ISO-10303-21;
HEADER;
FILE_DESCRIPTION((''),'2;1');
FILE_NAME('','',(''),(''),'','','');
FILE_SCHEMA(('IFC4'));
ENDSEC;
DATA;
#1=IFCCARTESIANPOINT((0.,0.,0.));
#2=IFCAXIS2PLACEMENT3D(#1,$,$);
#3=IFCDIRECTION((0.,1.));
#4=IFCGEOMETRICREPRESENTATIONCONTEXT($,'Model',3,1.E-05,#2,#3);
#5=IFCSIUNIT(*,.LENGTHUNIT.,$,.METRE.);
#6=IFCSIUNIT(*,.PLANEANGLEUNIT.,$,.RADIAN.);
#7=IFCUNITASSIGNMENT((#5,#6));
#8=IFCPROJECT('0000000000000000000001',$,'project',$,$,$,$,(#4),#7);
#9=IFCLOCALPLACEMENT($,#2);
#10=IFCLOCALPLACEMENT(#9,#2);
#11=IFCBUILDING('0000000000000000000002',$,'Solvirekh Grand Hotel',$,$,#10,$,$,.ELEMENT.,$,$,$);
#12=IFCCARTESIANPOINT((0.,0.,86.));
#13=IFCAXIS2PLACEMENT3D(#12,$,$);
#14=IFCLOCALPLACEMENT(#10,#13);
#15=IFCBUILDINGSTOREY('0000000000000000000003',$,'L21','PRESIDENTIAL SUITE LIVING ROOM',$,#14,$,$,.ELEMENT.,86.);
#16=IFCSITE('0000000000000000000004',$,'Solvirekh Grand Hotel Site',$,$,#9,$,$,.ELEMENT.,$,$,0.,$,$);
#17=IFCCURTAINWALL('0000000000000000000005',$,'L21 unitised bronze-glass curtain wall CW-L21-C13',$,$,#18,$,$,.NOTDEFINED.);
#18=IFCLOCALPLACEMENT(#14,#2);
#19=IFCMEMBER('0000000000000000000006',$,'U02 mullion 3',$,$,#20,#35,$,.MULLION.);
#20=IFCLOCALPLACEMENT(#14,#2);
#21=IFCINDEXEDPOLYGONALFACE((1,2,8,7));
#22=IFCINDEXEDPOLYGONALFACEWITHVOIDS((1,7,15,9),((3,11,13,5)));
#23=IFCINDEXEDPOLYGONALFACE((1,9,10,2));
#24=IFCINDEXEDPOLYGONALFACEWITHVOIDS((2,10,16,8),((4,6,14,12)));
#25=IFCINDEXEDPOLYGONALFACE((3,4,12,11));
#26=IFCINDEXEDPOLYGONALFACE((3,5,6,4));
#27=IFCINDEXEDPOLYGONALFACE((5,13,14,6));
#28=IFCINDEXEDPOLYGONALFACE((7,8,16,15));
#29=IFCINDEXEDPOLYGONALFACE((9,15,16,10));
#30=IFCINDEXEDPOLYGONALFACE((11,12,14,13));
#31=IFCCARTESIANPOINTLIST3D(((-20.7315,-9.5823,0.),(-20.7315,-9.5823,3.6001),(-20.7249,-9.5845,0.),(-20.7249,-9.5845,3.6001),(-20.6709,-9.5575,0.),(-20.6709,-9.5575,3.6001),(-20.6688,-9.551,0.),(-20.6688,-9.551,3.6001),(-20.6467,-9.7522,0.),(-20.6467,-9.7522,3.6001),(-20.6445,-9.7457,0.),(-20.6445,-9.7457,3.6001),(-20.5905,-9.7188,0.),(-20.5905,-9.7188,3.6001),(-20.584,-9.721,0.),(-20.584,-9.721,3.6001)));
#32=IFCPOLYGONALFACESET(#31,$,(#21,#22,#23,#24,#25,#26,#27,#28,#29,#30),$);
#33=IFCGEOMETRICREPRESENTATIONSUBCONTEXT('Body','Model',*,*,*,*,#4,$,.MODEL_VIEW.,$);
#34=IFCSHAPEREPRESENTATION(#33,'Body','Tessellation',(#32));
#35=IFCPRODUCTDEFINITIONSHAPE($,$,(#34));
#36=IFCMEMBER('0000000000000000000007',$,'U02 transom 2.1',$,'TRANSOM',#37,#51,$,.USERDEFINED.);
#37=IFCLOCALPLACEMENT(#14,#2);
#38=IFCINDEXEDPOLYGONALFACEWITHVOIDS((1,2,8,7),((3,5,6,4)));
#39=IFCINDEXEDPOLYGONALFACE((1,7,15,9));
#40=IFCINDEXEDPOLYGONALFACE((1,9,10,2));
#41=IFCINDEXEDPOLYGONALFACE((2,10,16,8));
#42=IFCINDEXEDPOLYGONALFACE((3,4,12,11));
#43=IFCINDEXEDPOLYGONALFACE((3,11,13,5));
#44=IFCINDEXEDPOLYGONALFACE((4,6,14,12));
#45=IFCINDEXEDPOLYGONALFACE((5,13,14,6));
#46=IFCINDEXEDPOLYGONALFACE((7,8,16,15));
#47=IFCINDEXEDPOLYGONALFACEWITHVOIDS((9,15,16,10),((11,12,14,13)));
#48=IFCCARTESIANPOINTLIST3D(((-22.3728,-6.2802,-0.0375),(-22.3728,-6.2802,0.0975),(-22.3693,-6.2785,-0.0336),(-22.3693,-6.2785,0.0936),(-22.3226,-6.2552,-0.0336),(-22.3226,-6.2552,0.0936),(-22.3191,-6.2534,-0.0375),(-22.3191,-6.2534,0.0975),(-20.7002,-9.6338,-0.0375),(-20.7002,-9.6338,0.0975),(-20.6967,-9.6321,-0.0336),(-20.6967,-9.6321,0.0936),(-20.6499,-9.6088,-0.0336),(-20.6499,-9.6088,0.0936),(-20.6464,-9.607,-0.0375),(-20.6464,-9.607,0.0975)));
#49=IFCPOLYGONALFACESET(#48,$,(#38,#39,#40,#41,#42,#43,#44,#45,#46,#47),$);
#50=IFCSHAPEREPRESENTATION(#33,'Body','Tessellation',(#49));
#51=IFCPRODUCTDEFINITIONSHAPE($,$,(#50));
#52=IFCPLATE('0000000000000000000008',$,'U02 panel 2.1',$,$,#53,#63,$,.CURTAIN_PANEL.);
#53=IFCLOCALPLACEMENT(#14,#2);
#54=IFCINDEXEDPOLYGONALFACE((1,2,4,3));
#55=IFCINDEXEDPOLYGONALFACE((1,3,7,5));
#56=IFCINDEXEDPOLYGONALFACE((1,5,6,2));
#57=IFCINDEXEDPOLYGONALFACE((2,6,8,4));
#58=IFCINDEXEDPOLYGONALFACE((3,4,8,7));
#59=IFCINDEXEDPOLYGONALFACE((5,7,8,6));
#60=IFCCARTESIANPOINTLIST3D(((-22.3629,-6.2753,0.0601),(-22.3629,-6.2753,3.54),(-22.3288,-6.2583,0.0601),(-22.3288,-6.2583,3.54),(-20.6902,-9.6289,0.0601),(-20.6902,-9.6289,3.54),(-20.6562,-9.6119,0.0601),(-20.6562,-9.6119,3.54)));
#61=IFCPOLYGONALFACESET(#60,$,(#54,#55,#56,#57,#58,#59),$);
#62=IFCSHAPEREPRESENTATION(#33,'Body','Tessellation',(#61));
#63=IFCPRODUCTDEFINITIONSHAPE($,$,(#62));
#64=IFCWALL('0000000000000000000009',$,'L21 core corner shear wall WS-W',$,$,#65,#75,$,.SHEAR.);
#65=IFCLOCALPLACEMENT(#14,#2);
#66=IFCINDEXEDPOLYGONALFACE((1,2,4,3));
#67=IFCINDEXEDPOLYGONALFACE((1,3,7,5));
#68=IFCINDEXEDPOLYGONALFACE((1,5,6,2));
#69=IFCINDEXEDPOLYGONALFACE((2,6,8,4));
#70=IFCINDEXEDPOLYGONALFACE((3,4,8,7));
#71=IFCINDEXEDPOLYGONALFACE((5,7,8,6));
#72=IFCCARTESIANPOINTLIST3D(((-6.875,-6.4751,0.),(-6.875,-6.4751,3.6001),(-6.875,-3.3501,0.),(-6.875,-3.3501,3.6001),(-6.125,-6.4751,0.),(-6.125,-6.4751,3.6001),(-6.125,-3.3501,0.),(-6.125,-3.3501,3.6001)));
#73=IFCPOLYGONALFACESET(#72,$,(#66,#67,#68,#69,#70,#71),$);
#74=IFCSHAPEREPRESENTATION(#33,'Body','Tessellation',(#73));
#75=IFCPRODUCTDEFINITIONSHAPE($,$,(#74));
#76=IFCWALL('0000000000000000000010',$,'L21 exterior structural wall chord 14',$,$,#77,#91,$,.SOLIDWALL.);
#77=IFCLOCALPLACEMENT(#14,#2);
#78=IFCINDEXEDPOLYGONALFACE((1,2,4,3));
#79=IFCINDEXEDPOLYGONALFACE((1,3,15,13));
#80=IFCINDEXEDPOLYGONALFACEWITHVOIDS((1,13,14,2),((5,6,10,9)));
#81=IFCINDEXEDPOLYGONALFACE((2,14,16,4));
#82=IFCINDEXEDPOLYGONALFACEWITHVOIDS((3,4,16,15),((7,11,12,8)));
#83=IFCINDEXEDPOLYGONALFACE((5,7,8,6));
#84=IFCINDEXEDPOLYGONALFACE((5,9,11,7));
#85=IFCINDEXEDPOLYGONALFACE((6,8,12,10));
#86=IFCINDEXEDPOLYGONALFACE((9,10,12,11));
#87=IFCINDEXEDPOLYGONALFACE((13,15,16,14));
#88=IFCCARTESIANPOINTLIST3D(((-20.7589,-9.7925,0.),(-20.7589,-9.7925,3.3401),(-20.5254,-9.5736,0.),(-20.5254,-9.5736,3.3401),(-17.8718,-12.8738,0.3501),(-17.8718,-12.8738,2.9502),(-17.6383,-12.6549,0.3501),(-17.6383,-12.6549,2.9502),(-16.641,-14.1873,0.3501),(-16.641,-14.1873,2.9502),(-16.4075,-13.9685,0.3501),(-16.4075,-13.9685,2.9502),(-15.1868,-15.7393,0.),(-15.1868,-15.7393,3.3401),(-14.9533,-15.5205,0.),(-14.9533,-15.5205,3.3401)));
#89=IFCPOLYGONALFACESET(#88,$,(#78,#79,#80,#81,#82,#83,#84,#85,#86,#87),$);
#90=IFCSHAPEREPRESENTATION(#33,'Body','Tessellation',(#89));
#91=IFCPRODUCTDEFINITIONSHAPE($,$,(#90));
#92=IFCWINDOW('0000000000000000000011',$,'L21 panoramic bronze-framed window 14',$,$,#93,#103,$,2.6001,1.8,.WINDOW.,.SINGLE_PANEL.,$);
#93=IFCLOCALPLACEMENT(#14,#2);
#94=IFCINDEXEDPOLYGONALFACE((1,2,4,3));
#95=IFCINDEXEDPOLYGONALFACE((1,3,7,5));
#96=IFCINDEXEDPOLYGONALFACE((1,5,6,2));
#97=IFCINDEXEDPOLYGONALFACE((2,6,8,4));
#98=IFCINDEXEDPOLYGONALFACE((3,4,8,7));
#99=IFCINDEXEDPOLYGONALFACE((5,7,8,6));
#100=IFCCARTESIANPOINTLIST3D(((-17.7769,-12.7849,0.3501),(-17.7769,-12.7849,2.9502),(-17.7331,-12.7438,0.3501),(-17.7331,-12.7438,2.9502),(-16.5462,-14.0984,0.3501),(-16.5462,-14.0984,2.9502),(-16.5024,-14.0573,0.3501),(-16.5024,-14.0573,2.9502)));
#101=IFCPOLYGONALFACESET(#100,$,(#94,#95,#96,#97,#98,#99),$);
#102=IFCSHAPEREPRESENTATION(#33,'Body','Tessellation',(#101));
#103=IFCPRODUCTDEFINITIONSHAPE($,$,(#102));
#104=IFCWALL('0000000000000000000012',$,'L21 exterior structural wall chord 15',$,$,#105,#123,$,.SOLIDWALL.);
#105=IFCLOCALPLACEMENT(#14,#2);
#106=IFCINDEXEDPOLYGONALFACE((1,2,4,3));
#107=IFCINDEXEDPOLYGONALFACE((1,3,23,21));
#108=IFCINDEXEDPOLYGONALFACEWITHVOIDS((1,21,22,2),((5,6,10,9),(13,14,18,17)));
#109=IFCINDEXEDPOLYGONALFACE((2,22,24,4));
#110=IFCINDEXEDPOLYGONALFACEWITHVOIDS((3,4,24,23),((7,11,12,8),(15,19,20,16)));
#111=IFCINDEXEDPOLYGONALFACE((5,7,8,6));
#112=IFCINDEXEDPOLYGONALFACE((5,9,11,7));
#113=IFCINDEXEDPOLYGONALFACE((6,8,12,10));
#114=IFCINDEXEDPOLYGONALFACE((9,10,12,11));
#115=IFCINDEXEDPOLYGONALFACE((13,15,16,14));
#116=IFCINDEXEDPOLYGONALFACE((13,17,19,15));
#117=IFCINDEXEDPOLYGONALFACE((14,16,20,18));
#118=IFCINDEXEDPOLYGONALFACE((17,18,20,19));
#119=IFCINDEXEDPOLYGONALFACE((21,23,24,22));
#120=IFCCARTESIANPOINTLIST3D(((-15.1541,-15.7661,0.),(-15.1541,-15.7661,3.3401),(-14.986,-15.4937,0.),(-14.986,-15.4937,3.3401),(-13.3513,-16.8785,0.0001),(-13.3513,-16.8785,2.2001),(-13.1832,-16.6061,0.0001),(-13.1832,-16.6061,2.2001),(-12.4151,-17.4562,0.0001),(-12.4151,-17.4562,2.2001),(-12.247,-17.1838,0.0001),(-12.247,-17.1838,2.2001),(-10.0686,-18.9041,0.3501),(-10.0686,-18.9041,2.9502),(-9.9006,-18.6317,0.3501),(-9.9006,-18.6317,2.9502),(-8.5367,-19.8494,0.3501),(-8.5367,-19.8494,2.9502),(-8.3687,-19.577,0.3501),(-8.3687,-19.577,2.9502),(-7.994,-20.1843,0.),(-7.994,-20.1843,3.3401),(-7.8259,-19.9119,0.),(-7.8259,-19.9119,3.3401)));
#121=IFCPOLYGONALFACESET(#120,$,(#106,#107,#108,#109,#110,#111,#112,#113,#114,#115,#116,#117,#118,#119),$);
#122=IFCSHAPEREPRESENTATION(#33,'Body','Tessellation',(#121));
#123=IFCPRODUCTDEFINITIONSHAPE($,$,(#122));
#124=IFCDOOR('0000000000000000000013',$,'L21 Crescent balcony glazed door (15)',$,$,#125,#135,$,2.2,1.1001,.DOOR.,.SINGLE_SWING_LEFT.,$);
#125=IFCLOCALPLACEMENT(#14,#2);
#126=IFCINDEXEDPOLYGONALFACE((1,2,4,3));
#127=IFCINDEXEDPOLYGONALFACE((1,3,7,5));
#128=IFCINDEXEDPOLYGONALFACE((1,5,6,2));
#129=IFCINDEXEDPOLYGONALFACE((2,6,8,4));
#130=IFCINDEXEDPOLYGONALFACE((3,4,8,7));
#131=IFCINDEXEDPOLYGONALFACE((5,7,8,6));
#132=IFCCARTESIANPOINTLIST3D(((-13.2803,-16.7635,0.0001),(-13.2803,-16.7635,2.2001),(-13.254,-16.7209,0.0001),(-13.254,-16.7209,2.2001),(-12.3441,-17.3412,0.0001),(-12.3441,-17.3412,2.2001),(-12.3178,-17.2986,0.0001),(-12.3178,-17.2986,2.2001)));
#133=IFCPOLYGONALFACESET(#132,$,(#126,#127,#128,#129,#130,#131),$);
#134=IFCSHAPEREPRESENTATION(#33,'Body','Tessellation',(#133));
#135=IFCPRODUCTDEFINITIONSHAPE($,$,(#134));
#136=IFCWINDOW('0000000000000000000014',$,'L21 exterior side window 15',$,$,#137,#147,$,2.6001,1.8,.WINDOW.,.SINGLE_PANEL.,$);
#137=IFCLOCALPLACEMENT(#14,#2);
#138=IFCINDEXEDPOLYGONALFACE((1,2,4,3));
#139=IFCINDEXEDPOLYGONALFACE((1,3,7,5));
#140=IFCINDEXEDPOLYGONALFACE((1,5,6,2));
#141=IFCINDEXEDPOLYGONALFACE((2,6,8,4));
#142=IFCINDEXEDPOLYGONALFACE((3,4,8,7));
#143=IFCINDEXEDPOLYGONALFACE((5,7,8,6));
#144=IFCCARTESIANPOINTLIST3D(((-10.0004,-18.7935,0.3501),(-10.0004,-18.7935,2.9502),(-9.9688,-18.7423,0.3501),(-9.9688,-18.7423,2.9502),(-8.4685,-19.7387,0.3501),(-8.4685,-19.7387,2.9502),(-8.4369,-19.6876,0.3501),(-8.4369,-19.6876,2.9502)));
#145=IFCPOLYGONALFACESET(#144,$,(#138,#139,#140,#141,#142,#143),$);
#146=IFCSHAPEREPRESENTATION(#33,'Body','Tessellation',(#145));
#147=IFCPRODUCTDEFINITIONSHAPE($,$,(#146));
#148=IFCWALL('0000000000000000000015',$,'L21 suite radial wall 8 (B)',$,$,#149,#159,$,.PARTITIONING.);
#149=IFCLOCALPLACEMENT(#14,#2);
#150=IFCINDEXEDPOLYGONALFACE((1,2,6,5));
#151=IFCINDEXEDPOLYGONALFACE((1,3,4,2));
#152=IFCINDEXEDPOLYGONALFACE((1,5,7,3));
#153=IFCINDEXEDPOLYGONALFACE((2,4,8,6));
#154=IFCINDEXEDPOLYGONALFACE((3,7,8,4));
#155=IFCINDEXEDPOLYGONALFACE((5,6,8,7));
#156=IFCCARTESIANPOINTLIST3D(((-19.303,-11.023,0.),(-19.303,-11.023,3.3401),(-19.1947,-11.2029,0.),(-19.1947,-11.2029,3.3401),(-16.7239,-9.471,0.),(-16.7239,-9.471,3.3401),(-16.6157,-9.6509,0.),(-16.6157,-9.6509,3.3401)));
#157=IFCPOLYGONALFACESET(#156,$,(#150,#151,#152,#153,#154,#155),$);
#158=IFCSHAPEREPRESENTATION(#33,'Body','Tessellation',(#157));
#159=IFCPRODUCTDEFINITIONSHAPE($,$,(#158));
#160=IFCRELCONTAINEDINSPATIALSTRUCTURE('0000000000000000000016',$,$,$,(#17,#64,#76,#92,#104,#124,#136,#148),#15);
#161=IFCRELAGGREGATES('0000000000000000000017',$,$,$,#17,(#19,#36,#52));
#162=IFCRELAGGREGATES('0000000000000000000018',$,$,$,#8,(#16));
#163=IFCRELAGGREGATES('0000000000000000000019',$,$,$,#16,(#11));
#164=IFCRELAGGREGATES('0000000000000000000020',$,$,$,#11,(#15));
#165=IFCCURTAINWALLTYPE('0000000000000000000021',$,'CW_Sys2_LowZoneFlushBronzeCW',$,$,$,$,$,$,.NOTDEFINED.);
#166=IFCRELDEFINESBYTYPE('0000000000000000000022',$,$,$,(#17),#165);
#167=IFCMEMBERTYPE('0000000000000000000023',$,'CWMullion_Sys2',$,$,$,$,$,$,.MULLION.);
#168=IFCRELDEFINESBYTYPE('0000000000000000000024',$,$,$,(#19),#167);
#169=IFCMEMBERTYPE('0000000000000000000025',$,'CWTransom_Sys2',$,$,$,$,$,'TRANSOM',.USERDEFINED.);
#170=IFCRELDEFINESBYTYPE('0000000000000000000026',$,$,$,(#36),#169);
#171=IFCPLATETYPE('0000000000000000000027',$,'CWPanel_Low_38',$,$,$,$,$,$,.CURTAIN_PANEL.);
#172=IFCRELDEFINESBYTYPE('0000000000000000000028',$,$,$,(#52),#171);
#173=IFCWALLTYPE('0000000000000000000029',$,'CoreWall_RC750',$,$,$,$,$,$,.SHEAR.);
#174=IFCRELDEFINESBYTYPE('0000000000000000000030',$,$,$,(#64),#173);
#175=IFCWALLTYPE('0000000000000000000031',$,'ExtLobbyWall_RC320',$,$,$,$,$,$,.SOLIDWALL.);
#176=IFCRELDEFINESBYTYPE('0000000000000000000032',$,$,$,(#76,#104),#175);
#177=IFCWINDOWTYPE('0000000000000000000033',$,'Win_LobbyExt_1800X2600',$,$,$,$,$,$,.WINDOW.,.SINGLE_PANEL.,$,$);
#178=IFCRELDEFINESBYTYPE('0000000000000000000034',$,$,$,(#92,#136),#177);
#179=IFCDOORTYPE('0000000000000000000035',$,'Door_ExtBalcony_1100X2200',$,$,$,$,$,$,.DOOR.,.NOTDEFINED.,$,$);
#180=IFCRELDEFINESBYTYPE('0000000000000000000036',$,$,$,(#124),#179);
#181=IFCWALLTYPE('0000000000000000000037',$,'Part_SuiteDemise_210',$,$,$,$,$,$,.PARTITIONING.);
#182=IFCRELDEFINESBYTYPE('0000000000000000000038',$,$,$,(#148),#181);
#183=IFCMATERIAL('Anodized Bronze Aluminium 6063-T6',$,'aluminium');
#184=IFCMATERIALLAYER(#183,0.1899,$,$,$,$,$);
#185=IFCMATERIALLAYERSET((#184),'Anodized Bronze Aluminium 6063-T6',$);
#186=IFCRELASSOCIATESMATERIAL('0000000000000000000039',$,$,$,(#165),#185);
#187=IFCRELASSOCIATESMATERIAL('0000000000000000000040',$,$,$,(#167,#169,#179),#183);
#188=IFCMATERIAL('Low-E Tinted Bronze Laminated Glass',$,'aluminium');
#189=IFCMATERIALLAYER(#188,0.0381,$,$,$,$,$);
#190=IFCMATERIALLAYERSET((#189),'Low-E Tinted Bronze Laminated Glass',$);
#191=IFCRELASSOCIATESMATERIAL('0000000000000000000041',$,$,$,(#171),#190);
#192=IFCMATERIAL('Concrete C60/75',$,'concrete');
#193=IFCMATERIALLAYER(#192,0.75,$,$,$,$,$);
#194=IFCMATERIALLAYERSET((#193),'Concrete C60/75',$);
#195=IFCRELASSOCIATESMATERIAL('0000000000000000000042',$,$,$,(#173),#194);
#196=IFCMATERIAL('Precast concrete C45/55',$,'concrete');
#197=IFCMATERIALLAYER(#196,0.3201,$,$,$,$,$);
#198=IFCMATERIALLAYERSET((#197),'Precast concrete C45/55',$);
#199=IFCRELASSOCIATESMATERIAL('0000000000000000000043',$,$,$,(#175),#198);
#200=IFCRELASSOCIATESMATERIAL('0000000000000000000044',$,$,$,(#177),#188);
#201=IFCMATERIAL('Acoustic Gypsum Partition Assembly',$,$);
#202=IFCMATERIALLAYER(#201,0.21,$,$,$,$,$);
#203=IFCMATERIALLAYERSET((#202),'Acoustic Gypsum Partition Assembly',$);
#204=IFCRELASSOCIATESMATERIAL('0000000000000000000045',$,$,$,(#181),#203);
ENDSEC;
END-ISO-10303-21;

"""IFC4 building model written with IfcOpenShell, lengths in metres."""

from ifc_helpers import new_model, si_unit, direction, frame, frame_2d, origin, origin_2d, place, context, subcontext, project, spatial, rectangle, hollow_rectangle, extrude, source, transform, mapped, material, layer, layer_set, material_profile, profile_set, type_object, element, fill, aggregate, save


model = new_model("IFC4")

# Units and contexts
model_context = context("Model", 3, precision=1e-05, world=origin(), true_north=direction((0.0, 1.0)))
body_context = subcontext(model_context, "Body", "Model", "MODEL_VIEW")
ifc_project = project(units=[si_unit("LENGTHUNIT", "METRE"), si_unit("PLANEANGLEUNIT", "RADIAN")], contexts=[model_context])

# Site, building, storey
site_placement = place(None, origin())
site = spatial("IfcSite", under=ifc_project, at=site_placement, Name="Solvirekh Grand Hotel Site", CompositionType="ELEMENT", RefElevation=0.0)
building_placement = place(site_placement, origin())
building = spatial("IfcBuilding", under=site, at=building_placement, Name="Solvirekh Grand Hotel", CompositionType="ELEMENT")
storey_placement = place(building_placement, frame((0.0, 0.0, 86.0)))
storey = spatial("IfcBuildingStorey", under=building, at=storey_placement, Name="L21", Description="PRESIDENTIAL SUITE LIVING ROOM", CompositionType="ELEMENT", Elevation=86.0)

# Shared definitions
ifc_material_1 = material(Name="Concrete C60/75", Category="concrete")

# Curtain wall, members, plate
ifc_material_2 = material(Name="Anodized Bronze Aluminium 6063-T6", Category="aluminium")
ifc_layer_1 = layer(ifc_material_2, 0.1899)
ifc_layer_set_1 = layer_set([ifc_layer_1], Name="Anodized Bronze Aluminium 6063-T6")
curtain_wall_type = type_object("IfcCurtainWallType", Name="CW_Sys2_LowZoneFlushBronzeCW", PredefinedType="NOTDEFINED", material=ifc_layer_set_1)
curtain_wall_placement = place(storey_placement, origin())
curtain_wall = element("IfcCurtainWall", 1, at=curtain_wall_placement, inside=storey, type_object=curtain_wall_type, Name="L21 unitised bronze-glass curtain wall CW-L21-C13", PredefinedType="NOTDEFINED")
ifc_material_profile_1 = material_profile(ifc_material_2, hollow_rectangle(XDim=0.0701, YDim=0.1899, WallThickness=0.0049, at=origin_2d()), Name="ALU RHS 190X70X5")
ifc_profile_set_1 = profile_set([ifc_material_profile_1], Name="Anodized Bronze Aluminium 6063-T6")
member_type_1 = type_object("IfcMemberType", Name="CWMullion_Sys2", PredefinedType="MULLION", material=ifc_profile_set_1)
shared_shape_1 = source(origin(), body_context, "Body", "SweptSolid", [
    extrude(hollow_rectangle(XDim=0.0701, YDim=0.1899, WallThickness=0.0049, at=origin_2d()), origin(), (0.0, 0.0, 1.0), 3.6001),
])
member_1_placement = place(storey_placement, frame((-20.6577, -9.6516, 0.0), z_axis=(0.0, 0.0, 1.0), x_axis=(0.894868, 0.446331, 0.0)))
member_1 = element("IfcMember", 2, at=member_1_placement, type_object=member_type_1, Name="U02 mullion 3", PredefinedType="MULLION", context=body_context, shape_type="MappedRepresentation", body=[
    mapped(shared_shape_1, transform((0.0, 0.0, 0.0), x_axis=(1.0, 0.0, 0.0), y_axis=(0.0, 1.0, 0.0), z_axis=(0.0, 0.0, 1.0), scale=1.0)),
])
ifc_material_profile_2 = material_profile(ifc_material_2, hollow_rectangle(XDim=0.0601, YDim=0.135, WallThickness=0.0039, at=origin_2d()), Name="ALU RHS 135X60X4")
ifc_profile_set_2 = profile_set([ifc_material_profile_2], Name="Anodized Bronze Aluminium 6063-T6")
member_type_2 = type_object("IfcMemberType", Name="CWTransom_Sys2", ElementType="TRANSOM", PredefinedType="USERDEFINED", material=ifc_profile_set_2)
shared_shape_2 = source(origin(), body_context, "Body", "SweptSolid", [
    extrude(hollow_rectangle(XDim=0.0601, YDim=0.135, WallThickness=0.0039, at=origin_2d()), origin(), (0.0, 0.0, 1.0), 3.7476),
])
member_2_placement = place(storey_placement, frame((-22.3459, -6.2668, 0.03), z_axis=(0.446327, -0.89487, 0.0), x_axis=(0.89487, 0.446327, 0.0)))
member_2 = element("IfcMember", 3, at=member_2_placement, type_object=member_type_2, Name="U02 transom 2.1", ObjectType="TRANSOM", PredefinedType="USERDEFINED", context=body_context, shape_type="MappedRepresentation", body=[
    mapped(shared_shape_2, transform((0.0, 0.0, 0.0), x_axis=(1.0, 0.0, 0.0), y_axis=(0.0, 1.0, 0.0), z_axis=(0.0, 0.0, 1.0), scale=1.0)),
])
ifc_material_3 = material(Name="Low-E Tinted Bronze Laminated Glass", Category="aluminium")
ifc_layer_2 = layer(ifc_material_3, 0.0381)
ifc_layer_set_2 = layer_set([ifc_layer_2], Name="Low-E Tinted Bronze Laminated Glass")
plate_type = type_object("IfcPlateType", Name="CWPanel_Low_38", PredefinedType="CURTAIN_PANEL", material=ifc_layer_set_2)
shared_shape_3 = source(origin(), body_context, "Body", "SweptSolid", [
    extrude(rectangle(XDim=3.7476, YDim=0.0381, at=origin_2d()), origin(), (0.0, 0.0, 1.0), 3.48),
])
plate_placement = place(storey_placement, frame((-21.5095, -7.9436, 0.0601), z_axis=(0.0, 0.0, 1.0), x_axis=(0.446331, -0.894868, 0.0)))
plate = element("IfcPlate", 4, at=plate_placement, type_object=plate_type, Name="U02 panel 2.1", PredefinedType="CURTAIN_PANEL", context=body_context, shape_type="MappedRepresentation", body=[
    mapped(shared_shape_3, transform((0.0, 0.0, 0.0), x_axis=(1.0, 0.0, 0.0), y_axis=(0.0, 1.0, 0.0), z_axis=(0.0, 0.0, 1.0), scale=1.0)),
])
aggregate(curtain_wall, [member_1, member_2, plate])

# Wall
ifc_layer_3 = layer(ifc_material_1, 0.75)
ifc_layer_set_3 = layer_set([ifc_layer_3], Name="Concrete C60/75")
wall_type_1 = type_object("IfcWallType", Name="CoreWall_RC750", PredefinedType="SHEAR", material=ifc_layer_set_3)
wall_1_placement = place(storey_placement, frame((-6.5, -6.4751, 0.0), z_axis=(0.0, 0.0, 1.0), x_axis=(0.0, 1.0, 0.0)))
element("IfcWall", 5, at=wall_1_placement, inside=storey, type_object=wall_type_1, Name="L21 core corner shear wall WS-W", PredefinedType="SHEAR", context=body_context, shape_type="SweptSolid", body=[
    extrude(rectangle(XDim=3.125, YDim=0.75, at=frame_2d((1.5625, 0.0))), origin(), (0.0, 0.0, 1.0), 3.6001),
])

# Wall, opening, window
ifc_material_4 = material(Name="Precast concrete C45/55", Category="concrete")
ifc_layer_4 = layer(ifc_material_4, 0.3201)
ifc_layer_set_4 = layer_set([ifc_layer_4], Name="Precast concrete C45/55")
wall_type_2 = type_object("IfcWallType", Name="ExtLobbyWall_RC320", PredefinedType="SOLIDWALL", material=ifc_layer_set_4)
wall_2_placement = place(storey_placement, frame((-15.0701, -15.6299, 0.0), z_axis=(0.0, 0.0, 1.0), x_axis=(-0.68374, 0.729726, 0.0)))
wall_2 = element("IfcWall", 6, at=wall_2_placement, inside=storey, type_object=wall_type_2, Name="L21 exterior structural wall chord 14", PredefinedType="SOLIDWALL", context=body_context, shape_type="SweptSolid", body=[
    extrude(rectangle(XDim=8.1494, YDim=0.3201, at=frame_2d((4.0747, 0.0))), origin(), (0.0, 0.0, 1.0), 3.3401),
])
opening_1_placement = place(wall_2_placement, frame((2.127, 0.0, 0.3501)))
opening_1 = element("IfcOpeningElement", 7, at=opening_1_placement, cuts=wall_2, PredefinedType="OPENING", context=body_context, shape_type="SweptSolid", body=[
    extrude(rectangle(XDim=1.8, YDim=2.6001, at=frame_2d((0.8999, 1.3))), frame((0.0, 0.1699, 0.0), z_axis=(0.0, -1.0, 0.0), x_axis=(1.0, 0.0, 0.0)), (0.0, 0.0, 1.0), 0.3401),
])
window_type = type_object("IfcWindowType", Name="Win_LobbyExt_1800X2600", PartitioningType="SINGLE_PANEL", PredefinedType="WINDOW", material=ifc_material_3)
window_1_placement = place(opening_1_placement, origin())
window_1 = element("IfcWindow", 8, at=window_1_placement, inside=storey, type_object=window_type, Name="L21 panoramic bronze-framed window 14", OverallHeight=2.6001, OverallWidth=1.8, PartitioningType="SINGLE_PANEL", PredefinedType="WINDOW", context=body_context, shape_type="SweptSolid", body=[
    extrude(rectangle(XDim=1.8, YDim=2.6001, at=frame_2d((0.8999, 1.3))), frame((0.0, 0.03, 0.0), z_axis=(0.0, -1.0, 0.0), x_axis=(1.0, 0.0, 0.0)), (0.0, 0.0, 1.0), 0.0601),
])
fill(opening_1, window_1)

# Wall, openings, door, window
wall_3_placement = place(storey_placement, frame((-7.9099, -20.0481, 0.0), z_axis=(0.0, 0.0, 1.0), x_axis=(-0.851023, 0.525128, 0.0)))
wall_3 = element("IfcWall", 9, at=wall_3_placement, inside=storey, type_object=wall_type_2, Name="L21 exterior structural wall chord 15", PredefinedType="SOLIDWALL", context=body_context, shape_type="SweptSolid", body=[
    extrude(rectangle(XDim=8.4136, YDim=0.3201, at=frame_2d((4.2068, 0.0))), origin(), (0.0, 0.0, 1.0), 3.3401),
])
opening_2_placement = place(wall_3_placement, frame((0.6379, 0.0, 0.3501)))
opening_2 = element("IfcOpeningElement", 10, at=opening_2_placement, cuts=wall_3, PredefinedType="OPENING", context=body_context, shape_type="SweptSolid", body=[
    extrude(rectangle(XDim=1.8, YDim=2.6001, at=frame_2d((0.8999, 1.3))), frame((0.0, 0.1699, 0.0), z_axis=(0.0, -1.0, 0.0), x_axis=(1.0, 0.0, 0.0)), (0.0, 0.0, 1.0), 0.3401),
])
opening_3_placement = place(wall_3_placement, frame((5.1951, 0.0, 0.0)))
opening_3 = element("IfcOpeningElement", 11, at=opening_3_placement, cuts=wall_3, PredefinedType="OPENING", context=body_context, shape_type="SweptSolid", body=[
    extrude(rectangle(XDim=1.1001, YDim=2.2, at=frame_2d((0.55, 1.1001))), frame((0.0, 0.1699, 0.0), z_axis=(0.0, -1.0, 0.0), x_axis=(1.0, 0.0, 0.0)), (0.0, 0.0, 1.0), 0.3401),
])
door_type = type_object("IfcDoorType", Name="Door_ExtBalcony_1100X2200", OperationType="NOTDEFINED", PredefinedType="DOOR", material=ifc_material_2)
door_placement = place(opening_3_placement, origin())
door = element("IfcDoor", 12, at=door_placement, inside=storey, type_object=door_type, Name="L21 Crescent balcony glazed door (15)", OperationType="SINGLE_SWING_LEFT", OverallHeight=2.2, OverallWidth=1.1001, PredefinedType="DOOR", context=body_context, shape_type="SweptSolid", body=[
    extrude(rectangle(XDim=1.1001, YDim=2.2, at=frame_2d((0.55, 1.1001))), frame((0.0, 0.0249, 0.0), z_axis=(0.0, -1.0, 0.0), x_axis=(1.0, 0.0, 0.0)), (0.0, 0.0, 1.0), 0.05),
])
fill(opening_3, door)
window_2_placement = place(opening_2_placement, origin())
window_2 = element("IfcWindow", 13, at=window_2_placement, inside=storey, type_object=window_type, Name="L21 exterior side window 15", OverallHeight=2.6001, OverallWidth=1.8, PartitioningType="SINGLE_PANEL", PredefinedType="WINDOW", context=body_context, shape_type="SweptSolid", body=[
    extrude(rectangle(XDim=1.8, YDim=2.6001, at=frame_2d((0.8999, 1.3))), frame((0.0, 0.03, 0.0), z_axis=(0.0, -1.0, 0.0), x_axis=(1.0, 0.0, 0.0)), (0.0, 0.0, 1.0), 0.0601),
])
fill(opening_2, window_2)

# Wall
ifc_material_5 = material(Name="Acoustic Gypsum Partition Assembly")
ifc_layer_5 = layer(ifc_material_5, 0.21)
ifc_layer_set_5 = layer_set([ifc_layer_5], Name="Acoustic Gypsum Partition Assembly")
wall_type_3 = type_object("IfcWallType", Name="Part_SuiteDemise_210", PredefinedType="PARTITIONING", material=ifc_layer_set_5)
wall_4_placement = place(storey_placement, frame((-16.6699, -9.561, 0.0), z_axis=(0.0, 0.0, 1.0), x_axis=(-0.856827, -0.515605, 0.0)))
element("IfcWall", 14, at=wall_4_placement, inside=storey, type_object=wall_type_3, Name="L21 suite radial wall 8 (B)", PredefinedType="PARTITIONING", context=body_context, shape_type="SweptSolid", body=[
    extrude(rectangle(XDim=3.01, YDim=0.21, at=frame_2d((1.5049, 0.0))), origin(), (0.0, 0.0, 1.0), 3.3401),
])

save(model, "model.ifc")
